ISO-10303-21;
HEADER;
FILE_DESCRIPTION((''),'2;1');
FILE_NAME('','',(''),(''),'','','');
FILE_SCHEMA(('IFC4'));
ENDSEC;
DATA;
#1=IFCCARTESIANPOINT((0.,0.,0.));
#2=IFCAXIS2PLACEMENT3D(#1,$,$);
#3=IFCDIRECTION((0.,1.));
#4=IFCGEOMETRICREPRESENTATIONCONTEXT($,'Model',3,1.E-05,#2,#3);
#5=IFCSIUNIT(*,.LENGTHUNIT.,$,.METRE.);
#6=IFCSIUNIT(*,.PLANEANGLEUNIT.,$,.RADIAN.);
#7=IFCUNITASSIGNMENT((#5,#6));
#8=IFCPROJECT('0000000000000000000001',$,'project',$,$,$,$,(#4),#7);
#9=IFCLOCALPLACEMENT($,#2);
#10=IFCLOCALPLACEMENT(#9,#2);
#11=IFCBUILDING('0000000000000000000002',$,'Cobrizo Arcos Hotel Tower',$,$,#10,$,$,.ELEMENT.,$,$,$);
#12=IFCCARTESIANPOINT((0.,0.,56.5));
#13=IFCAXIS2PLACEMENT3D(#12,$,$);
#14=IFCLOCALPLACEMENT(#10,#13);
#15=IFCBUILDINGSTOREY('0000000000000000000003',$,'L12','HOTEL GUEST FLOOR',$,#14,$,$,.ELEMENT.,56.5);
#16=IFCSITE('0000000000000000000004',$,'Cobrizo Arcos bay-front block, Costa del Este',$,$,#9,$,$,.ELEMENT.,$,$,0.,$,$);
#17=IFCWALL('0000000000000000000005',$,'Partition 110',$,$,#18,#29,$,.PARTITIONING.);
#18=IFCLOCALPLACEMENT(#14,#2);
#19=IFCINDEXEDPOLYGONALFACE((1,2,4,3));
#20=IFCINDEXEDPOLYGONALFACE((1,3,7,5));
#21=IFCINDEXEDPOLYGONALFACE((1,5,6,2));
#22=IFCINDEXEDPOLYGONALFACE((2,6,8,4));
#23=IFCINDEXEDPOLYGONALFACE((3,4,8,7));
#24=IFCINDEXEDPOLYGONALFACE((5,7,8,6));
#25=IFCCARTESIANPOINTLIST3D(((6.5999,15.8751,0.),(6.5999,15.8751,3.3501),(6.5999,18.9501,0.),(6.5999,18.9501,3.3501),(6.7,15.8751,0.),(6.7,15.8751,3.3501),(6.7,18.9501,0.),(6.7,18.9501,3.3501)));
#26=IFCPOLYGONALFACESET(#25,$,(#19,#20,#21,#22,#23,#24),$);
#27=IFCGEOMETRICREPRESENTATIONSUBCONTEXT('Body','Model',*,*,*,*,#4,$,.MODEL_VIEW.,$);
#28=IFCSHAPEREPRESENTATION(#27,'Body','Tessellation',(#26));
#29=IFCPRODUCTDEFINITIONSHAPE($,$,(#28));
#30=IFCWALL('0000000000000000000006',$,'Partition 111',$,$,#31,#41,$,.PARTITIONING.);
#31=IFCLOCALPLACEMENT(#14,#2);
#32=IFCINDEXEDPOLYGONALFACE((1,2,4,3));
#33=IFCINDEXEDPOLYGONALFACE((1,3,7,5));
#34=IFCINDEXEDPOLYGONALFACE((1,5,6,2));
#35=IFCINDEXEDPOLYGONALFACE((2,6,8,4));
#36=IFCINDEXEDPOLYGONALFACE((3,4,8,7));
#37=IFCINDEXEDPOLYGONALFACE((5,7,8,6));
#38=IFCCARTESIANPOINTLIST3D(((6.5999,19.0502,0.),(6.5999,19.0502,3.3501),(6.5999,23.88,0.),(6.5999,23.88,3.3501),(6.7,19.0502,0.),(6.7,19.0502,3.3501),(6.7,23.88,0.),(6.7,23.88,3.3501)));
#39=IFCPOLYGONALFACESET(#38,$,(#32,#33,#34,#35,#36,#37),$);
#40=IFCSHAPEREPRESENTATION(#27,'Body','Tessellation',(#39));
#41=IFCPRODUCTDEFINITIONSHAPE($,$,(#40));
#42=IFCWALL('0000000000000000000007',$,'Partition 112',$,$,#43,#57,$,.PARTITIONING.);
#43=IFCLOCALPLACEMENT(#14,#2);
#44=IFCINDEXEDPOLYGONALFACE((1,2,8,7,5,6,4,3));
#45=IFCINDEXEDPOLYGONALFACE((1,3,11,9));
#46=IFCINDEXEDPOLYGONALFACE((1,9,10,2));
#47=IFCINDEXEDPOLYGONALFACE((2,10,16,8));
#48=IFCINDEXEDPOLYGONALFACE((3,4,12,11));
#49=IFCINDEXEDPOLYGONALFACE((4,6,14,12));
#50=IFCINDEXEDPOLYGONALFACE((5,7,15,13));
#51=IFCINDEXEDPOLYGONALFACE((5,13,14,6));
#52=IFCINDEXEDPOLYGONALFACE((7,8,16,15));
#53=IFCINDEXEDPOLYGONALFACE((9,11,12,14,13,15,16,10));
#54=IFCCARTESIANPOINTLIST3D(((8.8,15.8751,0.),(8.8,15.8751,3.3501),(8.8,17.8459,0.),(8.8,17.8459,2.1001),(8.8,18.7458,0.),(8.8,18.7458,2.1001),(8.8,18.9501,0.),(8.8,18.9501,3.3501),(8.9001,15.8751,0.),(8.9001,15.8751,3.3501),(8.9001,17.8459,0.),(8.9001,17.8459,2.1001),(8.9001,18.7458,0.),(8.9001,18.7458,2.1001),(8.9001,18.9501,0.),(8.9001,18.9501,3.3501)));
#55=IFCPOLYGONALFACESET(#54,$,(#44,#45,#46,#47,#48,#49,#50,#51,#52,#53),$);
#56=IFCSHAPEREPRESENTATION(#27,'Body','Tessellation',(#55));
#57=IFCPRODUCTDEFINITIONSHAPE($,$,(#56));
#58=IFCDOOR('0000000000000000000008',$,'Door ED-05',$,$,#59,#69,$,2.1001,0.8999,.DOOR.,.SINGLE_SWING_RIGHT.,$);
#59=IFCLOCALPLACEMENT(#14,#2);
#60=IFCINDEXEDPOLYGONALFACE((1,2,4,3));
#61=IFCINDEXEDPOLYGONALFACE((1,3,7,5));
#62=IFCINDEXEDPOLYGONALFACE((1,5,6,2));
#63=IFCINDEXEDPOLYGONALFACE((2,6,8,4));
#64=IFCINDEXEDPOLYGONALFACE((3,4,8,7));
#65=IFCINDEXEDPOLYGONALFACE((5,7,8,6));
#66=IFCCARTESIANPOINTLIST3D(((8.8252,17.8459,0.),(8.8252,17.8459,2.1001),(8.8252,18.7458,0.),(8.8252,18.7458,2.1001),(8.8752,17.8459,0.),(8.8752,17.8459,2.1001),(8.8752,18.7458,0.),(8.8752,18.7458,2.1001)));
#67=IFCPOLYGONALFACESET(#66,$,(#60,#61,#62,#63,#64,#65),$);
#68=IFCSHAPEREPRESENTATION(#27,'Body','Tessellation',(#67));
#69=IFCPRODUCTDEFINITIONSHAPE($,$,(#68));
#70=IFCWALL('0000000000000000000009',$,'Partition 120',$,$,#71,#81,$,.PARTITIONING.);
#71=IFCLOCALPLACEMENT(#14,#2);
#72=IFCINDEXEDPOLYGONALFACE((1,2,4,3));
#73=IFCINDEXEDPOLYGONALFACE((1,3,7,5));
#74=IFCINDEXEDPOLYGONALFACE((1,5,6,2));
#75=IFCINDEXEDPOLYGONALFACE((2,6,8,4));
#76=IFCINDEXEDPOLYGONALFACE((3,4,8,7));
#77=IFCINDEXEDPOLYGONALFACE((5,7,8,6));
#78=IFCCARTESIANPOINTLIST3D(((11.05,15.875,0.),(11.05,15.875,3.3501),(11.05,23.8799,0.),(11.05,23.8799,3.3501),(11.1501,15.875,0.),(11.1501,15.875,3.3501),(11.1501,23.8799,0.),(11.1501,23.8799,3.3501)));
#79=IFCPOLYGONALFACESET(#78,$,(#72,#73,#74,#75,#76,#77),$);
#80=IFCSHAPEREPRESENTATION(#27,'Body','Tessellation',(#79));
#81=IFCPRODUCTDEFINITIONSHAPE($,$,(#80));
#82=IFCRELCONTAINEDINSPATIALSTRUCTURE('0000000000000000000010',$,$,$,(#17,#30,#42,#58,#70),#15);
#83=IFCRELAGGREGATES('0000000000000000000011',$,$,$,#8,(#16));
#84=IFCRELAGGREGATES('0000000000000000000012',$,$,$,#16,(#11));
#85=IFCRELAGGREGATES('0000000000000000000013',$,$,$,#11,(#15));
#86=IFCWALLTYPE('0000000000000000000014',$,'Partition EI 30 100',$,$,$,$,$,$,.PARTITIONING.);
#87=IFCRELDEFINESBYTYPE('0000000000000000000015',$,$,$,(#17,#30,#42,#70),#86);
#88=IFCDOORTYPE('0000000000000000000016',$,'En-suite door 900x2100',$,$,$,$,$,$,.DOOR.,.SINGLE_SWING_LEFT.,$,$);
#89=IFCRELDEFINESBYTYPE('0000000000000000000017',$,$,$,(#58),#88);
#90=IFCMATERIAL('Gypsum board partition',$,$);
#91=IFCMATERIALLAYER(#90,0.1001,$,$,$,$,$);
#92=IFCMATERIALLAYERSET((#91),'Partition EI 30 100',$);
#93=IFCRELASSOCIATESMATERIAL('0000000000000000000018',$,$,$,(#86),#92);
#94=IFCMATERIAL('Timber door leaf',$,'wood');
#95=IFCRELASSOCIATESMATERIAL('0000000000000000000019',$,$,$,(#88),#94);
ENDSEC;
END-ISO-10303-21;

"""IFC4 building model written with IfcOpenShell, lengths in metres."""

from ifc_helpers import new_model, si_unit, direction, frame, frame_2d, origin, place, context, subcontext, project, spatial, rectangle, extrude, material, layer, layer_set, type_object, element, fill, save


model = new_model("IFC4")

# Units and contexts
model_context = context("Model", 3, precision=1e-05, world=origin(), true_north=direction((0.0, 1.0)))
body_context = subcontext(model_context, "Body", "Model", "MODEL_VIEW")
ifc_project = project(units=[si_unit("LENGTHUNIT", "METRE"), si_unit("PLANEANGLEUNIT", "RADIAN")], contexts=[model_context])

# Site, building, storey
site_placement = place(None, origin())
site = spatial("IfcSite", under=ifc_project, at=site_placement, Name="Cobrizo Arcos bay-front block, Costa del Este", CompositionType="ELEMENT", RefElevation=0.0)
building_placement = place(site_placement, origin())
building = spatial("IfcBuilding", under=site, at=building_placement, Name="Cobrizo Arcos Hotel Tower", CompositionType="ELEMENT")
storey_placement = place(building_placement, frame((0.0, 0.0, 56.5)))
storey = spatial("IfcBuildingStorey", under=building, at=storey_placement, Name="L12", Description="HOTEL GUEST FLOOR", CompositionType="ELEMENT", Elevation=56.5)

# Shared definitions
ifc_material_1 = material(Name="Gypsum board partition")
ifc_layer_1 = layer(ifc_material_1, 0.1001)
ifc_layer_set_1 = layer_set([ifc_layer_1], Name="Partition EI 30 100")
wall_type_1 = type_object("IfcWallType", Name="Partition EI 30 100", PredefinedType="PARTITIONING", material=ifc_layer_set_1)

# Shared definitions
ifc_material_2 = material(Name="Timber door leaf", Category="wood")
door_type = type_object("IfcDoorType", Name="En-suite door 900x2100", OperationType="SINGLE_SWING_LEFT", PredefinedType="DOOR", material=ifc_material_2)

# Walls
wall_1_placement = place(storey_placement, frame((6.6499, 15.875, 0.0), z_axis=(0.0, 0.0, 1.0), x_axis=(0.0, 1.0, 0.0)))
element("IfcWall", 1, at=wall_1_placement, inside=storey, type_object=wall_type_1, Name="Partition 110", PredefinedType="PARTITIONING", context=body_context, shape_type="SweptSolid", body=[
    extrude(rectangle(XDim=3.075, YDim=0.1001, at=frame_2d((1.5376, 0.0))), origin(), (0.0, 0.0, 1.0), 3.3501),
])
wall_2_placement = place(storey_placement, frame((6.6499, 19.05, 0.0), z_axis=(0.0, 0.0, 1.0), x_axis=(0.0, 1.0, 0.0)))
element("IfcWall", 2, at=wall_2_placement, inside=storey, type_object=wall_type_1, Name="Partition 111", PredefinedType="PARTITIONING", context=body_context, shape_type="SweptSolid", body=[
    extrude(rectangle(XDim=4.8298, YDim=0.1001, at=frame_2d((2.415, 0.0))), origin(), (0.0, 0.0, 1.0), 3.3501),
])

# Wall, opening, door
wall_3_placement = place(storey_placement, frame((8.8501, 15.875, 0.0), z_axis=(0.0, 0.0, 1.0), x_axis=(0.0, 1.0, 0.0)))
wall_3 = element("IfcWall", 3, at=wall_3_placement, inside=storey, type_object=wall_type_1, Name="Partition 112", PredefinedType="PARTITIONING", context=body_context, shape_type="SweptSolid", body=[
    extrude(rectangle(XDim=3.075, YDim=0.1001, at=frame_2d((1.5376, 0.0))), origin(), (0.0, 0.0, 1.0), 3.3501),
])
opening_1_placement = place(wall_3_placement, frame((1.9709, 0.0, 0.0)))
opening_1 = element("IfcOpeningElement", 4, at=opening_1_placement, cuts=wall_3, PredefinedType="OPENING", context=body_context, shape_type="SweptSolid", body=[
    extrude(rectangle(XDim=0.8999, YDim=2.1001, at=frame_2d((0.45, 1.05))), frame((0.0, 0.062, 0.0), z_axis=(0.0, -1.0, 0.0), x_axis=(1.0, 0.0, 0.0)), (0.0, 0.0, 1.0), 0.124),
])
door_1_placement = place(opening_1_placement, origin())
door_1 = element("IfcDoor", 5, at=door_1_placement, inside=storey, type_object=door_type, Name="Door ED-05", OperationType="SINGLE_SWING_RIGHT", OverallHeight=2.1001, OverallWidth=0.8999, PredefinedType="DOOR", context=body_context, shape_type="SweptSolid", body=[
    extrude(rectangle(XDim=0.8999, YDim=2.1001, at=frame_2d((0.45, 1.05))), frame((0.0, 0.0249, 0.0), z_axis=(0.0, -1.0, 0.0), x_axis=(1.0, 0.0, 0.0)), (0.0, 0.0, 1.0), 0.05),
])
fill(opening_1, door_1)

# Wall
wall_4_placement = place(storey_placement, frame((11.1001, 15.875, 0.0), z_axis=(0.0, 0.0, 1.0), x_axis=(0.0, 1.0, 0.0)))
element("IfcWall", 6, at=wall_4_placement, inside=storey, type_object=wall_type_1, Name="Partition 120", PredefinedType="PARTITIONING", context=body_context, shape_type="SweptSolid", body=[
    extrude(rectangle(XDim=8.0049, YDim=0.1001, at=frame_2d((4.0024, 0.0))), origin(), (0.0, 0.0, 1.0), 3.3501),
])

save(model, "model.ifc")
